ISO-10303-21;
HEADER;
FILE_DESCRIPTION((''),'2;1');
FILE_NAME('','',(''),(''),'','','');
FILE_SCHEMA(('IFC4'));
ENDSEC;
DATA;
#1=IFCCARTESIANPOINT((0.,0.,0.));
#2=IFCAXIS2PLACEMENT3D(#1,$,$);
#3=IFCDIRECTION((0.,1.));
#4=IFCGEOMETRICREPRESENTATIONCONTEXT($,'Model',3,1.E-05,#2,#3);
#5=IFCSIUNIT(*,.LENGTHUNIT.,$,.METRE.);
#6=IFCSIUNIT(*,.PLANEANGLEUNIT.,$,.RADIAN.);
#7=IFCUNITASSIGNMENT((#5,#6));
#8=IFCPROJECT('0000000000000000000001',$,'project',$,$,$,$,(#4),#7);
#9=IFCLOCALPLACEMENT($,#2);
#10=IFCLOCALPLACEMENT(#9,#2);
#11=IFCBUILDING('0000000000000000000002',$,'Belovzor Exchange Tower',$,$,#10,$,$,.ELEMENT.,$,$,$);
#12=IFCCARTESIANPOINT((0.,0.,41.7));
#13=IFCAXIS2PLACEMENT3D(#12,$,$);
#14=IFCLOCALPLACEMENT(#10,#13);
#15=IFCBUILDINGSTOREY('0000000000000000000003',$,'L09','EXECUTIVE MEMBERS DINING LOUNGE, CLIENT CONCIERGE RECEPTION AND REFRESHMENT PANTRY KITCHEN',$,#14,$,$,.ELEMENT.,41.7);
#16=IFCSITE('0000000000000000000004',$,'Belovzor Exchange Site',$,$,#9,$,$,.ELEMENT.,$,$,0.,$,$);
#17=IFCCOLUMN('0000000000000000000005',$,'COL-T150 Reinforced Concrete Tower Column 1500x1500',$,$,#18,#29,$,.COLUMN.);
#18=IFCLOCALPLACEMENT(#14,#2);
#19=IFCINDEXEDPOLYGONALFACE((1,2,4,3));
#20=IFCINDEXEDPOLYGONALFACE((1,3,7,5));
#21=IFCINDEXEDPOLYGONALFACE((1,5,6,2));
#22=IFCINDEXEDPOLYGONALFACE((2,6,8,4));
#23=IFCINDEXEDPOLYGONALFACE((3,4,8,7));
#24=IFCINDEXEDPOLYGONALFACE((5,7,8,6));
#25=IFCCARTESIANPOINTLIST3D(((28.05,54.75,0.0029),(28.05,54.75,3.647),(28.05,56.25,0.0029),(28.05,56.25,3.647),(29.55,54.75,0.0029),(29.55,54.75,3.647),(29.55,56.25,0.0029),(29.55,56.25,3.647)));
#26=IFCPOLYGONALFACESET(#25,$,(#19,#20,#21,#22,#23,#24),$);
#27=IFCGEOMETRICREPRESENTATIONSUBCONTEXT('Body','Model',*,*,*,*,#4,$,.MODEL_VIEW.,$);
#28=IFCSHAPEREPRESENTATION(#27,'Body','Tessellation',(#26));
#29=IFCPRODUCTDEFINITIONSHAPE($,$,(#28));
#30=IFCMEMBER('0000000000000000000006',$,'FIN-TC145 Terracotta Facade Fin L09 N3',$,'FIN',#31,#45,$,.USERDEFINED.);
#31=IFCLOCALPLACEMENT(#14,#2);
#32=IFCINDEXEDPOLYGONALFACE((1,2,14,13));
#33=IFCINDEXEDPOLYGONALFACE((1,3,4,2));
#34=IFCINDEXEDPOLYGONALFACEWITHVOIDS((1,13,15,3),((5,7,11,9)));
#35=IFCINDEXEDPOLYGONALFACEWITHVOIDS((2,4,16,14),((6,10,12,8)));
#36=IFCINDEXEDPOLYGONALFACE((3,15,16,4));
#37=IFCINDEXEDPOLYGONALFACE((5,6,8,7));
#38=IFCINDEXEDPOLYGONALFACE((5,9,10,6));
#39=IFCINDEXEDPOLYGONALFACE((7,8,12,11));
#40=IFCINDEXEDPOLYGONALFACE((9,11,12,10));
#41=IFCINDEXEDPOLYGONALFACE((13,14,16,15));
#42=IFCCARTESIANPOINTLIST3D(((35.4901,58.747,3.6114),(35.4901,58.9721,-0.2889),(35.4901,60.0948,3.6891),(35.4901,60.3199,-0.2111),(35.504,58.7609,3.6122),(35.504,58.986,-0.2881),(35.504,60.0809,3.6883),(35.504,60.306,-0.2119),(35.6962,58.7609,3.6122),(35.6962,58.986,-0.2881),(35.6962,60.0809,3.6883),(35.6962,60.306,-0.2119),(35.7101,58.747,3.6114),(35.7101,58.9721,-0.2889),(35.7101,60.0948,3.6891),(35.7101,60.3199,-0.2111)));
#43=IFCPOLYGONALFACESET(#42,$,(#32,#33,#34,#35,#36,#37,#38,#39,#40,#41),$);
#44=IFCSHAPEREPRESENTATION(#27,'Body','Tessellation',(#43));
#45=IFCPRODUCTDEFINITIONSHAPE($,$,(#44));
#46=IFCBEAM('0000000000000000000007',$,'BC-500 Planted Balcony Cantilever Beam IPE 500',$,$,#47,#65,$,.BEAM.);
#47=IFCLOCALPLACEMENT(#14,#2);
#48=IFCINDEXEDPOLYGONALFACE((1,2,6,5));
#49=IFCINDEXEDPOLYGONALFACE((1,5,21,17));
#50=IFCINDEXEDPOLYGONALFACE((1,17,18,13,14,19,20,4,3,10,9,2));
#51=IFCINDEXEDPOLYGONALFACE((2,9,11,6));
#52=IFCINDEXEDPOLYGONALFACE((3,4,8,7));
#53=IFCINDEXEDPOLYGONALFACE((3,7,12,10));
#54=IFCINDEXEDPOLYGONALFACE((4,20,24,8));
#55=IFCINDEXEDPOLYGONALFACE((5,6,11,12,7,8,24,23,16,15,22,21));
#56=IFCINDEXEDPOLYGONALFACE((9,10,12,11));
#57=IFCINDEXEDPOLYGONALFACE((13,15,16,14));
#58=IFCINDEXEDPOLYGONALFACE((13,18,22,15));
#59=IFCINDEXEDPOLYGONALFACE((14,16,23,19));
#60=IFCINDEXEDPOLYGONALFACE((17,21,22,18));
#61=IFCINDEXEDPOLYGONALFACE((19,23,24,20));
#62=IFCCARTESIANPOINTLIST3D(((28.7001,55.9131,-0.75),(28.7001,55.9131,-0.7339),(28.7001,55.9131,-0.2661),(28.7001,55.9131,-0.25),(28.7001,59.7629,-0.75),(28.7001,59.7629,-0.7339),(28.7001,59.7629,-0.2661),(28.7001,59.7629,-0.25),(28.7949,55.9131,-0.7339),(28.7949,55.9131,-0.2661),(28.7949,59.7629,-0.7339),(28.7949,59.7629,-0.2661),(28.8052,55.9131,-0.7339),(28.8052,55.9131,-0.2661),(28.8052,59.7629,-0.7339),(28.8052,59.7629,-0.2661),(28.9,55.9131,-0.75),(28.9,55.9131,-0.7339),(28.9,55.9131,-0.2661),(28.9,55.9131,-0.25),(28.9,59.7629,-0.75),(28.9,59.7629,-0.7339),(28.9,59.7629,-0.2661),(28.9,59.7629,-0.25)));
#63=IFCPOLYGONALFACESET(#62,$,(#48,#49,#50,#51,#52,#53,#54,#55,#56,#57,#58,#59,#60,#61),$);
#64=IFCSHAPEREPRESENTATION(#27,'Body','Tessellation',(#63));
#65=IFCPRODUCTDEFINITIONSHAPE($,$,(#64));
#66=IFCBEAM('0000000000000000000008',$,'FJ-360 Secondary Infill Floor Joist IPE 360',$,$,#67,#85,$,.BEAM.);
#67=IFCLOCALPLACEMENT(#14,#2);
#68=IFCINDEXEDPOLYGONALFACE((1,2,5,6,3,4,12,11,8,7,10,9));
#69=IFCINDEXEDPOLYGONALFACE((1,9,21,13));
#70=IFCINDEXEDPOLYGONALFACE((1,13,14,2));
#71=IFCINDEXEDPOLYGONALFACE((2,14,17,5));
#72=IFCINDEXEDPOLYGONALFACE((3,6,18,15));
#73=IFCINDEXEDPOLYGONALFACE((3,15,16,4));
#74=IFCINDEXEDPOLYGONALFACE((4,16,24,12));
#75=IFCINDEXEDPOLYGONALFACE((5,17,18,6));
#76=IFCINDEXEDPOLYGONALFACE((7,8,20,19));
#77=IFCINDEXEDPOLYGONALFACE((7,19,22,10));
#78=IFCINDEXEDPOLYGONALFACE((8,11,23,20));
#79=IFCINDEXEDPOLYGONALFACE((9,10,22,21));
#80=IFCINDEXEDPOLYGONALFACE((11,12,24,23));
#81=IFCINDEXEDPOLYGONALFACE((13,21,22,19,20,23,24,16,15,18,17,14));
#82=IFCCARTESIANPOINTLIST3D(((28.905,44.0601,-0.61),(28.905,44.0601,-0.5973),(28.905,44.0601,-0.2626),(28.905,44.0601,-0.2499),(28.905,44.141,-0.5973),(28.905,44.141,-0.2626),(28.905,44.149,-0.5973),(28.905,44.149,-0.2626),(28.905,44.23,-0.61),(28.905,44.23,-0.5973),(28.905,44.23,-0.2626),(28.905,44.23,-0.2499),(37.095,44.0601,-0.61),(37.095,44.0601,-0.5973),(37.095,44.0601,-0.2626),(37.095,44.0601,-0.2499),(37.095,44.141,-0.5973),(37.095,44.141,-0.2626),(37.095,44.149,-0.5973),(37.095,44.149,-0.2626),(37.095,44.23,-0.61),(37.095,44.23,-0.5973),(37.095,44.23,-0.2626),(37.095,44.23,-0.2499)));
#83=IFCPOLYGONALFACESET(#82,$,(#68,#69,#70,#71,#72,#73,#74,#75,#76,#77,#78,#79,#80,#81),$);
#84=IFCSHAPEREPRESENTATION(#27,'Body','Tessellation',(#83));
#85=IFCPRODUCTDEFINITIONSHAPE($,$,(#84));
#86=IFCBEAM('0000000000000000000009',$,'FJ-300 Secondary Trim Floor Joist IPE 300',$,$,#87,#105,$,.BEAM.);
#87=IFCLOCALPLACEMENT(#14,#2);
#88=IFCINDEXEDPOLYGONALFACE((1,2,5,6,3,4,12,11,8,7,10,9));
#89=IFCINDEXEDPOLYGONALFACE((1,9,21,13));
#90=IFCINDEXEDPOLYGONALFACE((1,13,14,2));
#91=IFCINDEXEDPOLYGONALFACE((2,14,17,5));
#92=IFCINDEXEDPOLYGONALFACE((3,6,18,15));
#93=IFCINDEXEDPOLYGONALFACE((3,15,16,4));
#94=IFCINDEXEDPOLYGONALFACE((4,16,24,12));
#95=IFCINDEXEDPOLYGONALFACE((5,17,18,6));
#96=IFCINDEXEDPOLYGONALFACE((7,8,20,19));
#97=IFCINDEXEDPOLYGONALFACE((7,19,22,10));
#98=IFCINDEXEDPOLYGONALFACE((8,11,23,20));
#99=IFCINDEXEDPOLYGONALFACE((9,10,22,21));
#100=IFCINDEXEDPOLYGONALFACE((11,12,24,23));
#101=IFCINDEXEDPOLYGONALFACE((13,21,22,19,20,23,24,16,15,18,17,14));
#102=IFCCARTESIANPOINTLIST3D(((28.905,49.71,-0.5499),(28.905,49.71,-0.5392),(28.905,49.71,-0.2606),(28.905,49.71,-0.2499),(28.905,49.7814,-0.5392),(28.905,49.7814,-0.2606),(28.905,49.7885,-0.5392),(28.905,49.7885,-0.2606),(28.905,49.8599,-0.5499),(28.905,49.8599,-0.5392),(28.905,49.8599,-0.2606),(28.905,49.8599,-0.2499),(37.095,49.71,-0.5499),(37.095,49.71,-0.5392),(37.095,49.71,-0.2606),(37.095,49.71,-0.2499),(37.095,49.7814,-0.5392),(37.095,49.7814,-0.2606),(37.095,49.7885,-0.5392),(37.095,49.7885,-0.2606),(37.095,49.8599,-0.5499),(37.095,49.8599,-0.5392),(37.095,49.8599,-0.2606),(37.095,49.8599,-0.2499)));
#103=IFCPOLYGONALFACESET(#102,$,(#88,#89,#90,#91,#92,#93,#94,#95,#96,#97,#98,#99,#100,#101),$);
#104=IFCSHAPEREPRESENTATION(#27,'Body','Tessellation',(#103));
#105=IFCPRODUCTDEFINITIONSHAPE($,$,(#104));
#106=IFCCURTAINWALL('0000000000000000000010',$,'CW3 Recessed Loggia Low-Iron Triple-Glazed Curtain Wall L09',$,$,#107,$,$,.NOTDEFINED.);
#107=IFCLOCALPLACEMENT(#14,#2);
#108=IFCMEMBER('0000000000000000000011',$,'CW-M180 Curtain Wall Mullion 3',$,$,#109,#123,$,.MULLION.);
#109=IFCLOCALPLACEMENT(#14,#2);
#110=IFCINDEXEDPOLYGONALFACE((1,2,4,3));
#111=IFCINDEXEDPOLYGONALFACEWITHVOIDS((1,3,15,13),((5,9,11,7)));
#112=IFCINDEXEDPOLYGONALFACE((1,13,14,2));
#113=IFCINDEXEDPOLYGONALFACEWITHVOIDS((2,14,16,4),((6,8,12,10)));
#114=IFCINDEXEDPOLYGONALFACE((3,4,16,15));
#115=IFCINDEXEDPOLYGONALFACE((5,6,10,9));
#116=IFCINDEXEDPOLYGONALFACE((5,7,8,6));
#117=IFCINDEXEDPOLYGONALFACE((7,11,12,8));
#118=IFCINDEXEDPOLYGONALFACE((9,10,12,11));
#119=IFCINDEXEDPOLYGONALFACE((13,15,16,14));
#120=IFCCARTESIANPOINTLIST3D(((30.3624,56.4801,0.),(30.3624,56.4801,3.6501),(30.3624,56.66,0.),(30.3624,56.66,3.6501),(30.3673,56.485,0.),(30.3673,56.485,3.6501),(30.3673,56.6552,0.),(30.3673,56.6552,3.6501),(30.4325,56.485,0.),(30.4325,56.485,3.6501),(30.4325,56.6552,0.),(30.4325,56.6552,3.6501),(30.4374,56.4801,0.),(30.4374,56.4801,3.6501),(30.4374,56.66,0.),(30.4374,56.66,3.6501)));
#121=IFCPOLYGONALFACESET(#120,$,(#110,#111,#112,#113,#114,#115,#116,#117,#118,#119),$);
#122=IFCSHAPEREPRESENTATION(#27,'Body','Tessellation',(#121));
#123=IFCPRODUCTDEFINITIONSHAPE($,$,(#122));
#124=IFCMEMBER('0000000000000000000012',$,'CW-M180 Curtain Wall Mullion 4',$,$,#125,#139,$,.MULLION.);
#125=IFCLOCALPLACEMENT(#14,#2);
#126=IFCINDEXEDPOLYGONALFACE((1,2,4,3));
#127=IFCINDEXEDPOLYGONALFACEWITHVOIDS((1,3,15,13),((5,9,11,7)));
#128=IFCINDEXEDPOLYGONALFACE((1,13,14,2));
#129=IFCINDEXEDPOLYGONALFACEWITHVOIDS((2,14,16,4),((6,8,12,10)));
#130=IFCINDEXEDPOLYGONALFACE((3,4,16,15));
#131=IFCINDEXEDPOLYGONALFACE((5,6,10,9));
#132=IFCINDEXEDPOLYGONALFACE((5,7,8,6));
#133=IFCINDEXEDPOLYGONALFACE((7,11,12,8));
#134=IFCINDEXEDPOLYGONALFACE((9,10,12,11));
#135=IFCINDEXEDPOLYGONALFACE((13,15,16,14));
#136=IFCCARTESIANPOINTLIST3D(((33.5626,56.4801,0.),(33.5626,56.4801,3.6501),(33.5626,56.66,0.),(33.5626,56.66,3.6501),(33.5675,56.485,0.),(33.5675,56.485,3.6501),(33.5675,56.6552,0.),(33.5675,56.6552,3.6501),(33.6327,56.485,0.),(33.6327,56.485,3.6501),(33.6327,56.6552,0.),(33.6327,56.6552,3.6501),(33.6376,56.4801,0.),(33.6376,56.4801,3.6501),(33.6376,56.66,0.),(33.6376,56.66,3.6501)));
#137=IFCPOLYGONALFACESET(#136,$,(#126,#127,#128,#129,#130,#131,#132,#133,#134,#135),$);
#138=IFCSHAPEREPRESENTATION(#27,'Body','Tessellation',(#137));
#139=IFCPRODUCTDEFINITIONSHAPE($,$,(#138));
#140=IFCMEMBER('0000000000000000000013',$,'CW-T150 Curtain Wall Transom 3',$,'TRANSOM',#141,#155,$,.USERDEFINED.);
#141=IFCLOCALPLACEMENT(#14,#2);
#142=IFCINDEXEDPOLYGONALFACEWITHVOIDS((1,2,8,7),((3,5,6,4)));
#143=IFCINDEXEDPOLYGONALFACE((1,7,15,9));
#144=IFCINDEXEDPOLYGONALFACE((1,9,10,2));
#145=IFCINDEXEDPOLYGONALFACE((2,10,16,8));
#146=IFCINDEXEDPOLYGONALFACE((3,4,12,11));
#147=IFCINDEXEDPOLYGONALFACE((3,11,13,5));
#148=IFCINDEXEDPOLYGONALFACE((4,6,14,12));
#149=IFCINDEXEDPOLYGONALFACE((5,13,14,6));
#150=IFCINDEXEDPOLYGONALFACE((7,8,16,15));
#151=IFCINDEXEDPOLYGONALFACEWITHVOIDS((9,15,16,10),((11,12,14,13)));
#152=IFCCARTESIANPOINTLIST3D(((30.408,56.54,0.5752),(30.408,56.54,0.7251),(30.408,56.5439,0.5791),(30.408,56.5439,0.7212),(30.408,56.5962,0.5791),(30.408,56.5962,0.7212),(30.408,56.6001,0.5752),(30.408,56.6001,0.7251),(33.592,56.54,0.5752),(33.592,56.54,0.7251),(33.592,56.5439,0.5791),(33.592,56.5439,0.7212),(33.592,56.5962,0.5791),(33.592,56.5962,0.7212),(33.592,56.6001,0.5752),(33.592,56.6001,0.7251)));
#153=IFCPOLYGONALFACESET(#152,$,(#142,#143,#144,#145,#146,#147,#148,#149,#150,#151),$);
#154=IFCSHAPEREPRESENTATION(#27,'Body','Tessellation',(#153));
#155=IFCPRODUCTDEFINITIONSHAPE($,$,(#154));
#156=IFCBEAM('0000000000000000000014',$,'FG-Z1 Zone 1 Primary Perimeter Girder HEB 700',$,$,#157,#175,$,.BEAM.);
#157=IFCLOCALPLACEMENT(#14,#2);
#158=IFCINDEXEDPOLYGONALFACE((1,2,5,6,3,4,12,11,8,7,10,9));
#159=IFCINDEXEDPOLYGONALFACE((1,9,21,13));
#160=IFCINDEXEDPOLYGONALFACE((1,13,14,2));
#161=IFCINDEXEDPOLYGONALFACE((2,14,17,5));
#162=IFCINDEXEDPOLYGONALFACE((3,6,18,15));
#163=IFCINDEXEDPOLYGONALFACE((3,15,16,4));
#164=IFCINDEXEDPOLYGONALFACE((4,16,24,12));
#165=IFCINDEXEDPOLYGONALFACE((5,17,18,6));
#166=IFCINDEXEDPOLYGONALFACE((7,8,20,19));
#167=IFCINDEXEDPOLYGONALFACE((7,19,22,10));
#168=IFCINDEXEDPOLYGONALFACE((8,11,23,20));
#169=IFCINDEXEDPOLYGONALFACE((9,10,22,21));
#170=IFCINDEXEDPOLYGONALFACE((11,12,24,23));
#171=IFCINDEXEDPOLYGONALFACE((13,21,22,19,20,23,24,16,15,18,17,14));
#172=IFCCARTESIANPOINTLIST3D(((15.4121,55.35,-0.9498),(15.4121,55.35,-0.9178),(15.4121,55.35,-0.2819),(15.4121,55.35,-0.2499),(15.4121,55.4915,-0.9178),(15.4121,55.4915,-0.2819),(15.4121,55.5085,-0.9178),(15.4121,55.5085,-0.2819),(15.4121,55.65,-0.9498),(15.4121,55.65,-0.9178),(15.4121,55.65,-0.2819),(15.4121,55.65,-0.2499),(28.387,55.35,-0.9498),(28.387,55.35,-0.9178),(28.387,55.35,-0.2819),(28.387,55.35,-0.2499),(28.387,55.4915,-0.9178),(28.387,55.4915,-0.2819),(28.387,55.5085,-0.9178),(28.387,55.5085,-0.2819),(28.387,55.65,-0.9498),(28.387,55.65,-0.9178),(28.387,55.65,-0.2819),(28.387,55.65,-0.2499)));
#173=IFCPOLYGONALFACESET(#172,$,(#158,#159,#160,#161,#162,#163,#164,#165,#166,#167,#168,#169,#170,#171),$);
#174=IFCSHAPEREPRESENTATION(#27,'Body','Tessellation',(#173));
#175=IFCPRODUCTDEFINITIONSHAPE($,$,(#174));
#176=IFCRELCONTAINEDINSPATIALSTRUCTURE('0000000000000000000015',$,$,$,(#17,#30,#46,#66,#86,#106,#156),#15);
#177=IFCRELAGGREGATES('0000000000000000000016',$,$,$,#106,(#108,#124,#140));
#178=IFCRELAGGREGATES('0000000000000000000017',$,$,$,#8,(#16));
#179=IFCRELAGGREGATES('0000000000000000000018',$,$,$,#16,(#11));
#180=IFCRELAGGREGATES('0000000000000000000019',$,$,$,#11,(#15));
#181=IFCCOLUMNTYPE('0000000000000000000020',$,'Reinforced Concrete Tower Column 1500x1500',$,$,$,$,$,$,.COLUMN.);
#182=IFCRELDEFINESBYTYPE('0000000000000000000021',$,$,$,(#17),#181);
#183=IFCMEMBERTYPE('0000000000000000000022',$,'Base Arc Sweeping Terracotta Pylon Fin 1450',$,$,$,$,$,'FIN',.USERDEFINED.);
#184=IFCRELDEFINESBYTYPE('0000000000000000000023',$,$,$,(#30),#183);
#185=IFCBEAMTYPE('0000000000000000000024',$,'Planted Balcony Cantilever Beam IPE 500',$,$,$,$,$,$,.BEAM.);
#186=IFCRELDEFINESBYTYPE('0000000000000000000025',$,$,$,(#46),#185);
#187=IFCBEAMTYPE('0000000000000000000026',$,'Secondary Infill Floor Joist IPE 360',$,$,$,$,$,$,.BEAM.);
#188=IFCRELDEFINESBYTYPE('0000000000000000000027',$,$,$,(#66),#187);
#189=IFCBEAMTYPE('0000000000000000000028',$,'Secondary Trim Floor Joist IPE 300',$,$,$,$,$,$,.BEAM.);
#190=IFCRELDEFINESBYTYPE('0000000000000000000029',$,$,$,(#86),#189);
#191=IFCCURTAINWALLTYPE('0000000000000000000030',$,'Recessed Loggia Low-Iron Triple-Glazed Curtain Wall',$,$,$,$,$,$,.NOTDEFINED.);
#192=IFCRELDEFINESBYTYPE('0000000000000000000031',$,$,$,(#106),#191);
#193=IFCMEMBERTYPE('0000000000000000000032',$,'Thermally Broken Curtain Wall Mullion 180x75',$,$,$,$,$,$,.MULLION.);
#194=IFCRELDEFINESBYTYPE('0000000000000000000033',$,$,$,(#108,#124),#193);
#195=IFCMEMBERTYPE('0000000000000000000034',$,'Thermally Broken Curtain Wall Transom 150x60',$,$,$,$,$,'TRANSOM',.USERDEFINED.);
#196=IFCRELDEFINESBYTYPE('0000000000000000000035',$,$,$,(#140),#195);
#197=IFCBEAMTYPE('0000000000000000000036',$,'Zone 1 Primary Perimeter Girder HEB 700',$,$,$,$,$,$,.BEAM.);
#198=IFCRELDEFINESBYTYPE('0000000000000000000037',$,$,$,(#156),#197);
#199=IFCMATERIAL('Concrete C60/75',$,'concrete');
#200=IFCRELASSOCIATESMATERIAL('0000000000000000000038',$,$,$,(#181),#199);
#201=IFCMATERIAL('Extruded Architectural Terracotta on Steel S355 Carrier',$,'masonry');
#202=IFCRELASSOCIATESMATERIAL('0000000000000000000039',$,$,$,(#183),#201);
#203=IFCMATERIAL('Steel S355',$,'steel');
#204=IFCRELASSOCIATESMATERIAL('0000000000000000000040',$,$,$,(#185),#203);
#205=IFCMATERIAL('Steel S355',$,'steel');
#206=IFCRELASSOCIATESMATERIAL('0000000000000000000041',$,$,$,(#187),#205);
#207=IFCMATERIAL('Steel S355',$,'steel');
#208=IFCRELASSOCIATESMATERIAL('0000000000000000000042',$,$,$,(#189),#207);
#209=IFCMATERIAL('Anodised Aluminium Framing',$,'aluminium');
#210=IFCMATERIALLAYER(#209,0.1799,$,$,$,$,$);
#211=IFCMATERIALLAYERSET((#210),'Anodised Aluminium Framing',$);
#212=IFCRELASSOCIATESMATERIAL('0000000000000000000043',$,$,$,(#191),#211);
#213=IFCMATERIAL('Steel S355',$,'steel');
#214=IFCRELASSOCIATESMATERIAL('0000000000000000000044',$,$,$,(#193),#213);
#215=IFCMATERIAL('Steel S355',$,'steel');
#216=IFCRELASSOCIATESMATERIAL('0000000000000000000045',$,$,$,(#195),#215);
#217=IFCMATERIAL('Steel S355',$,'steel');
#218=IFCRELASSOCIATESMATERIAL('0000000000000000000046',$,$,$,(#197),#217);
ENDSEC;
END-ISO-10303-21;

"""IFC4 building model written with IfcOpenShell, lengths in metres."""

from ifc_helpers import new_model, si_unit, direction, frame, origin, origin_2d, place, context, subcontext, project, spatial, rectangle, hollow_rectangle, i_section, extrude, material, layer, layer_set, material_profile, profile_set, type_object, element, aggregate, save


model = new_model("IFC4")

# Units and contexts
model_context = context("Model", 3, precision=1e-05, world=origin(), true_north=direction((0.0, 1.0)))
body_context = subcontext(model_context, "Body", "Model", "MODEL_VIEW")
ifc_project = project(units=[si_unit("LENGTHUNIT", "METRE"), si_unit("PLANEANGLEUNIT", "RADIAN")], contexts=[model_context])

# Site, building, storey
site_placement = place(None, origin())
site = spatial("IfcSite", under=ifc_project, at=site_placement, Name="Belovzor Exchange Site", CompositionType="ELEMENT", RefElevation=0.0)
building_placement = place(site_placement, origin())
building = spatial("IfcBuilding", under=site, at=building_placement, Name="Belovzor Exchange Tower", CompositionType="ELEMENT")
storey_placement = place(building_placement, frame((0.0, 0.0, 41.7)))
storey = spatial("IfcBuildingStorey", under=building, at=storey_placement, Name="L09", Description="EXECUTIVE MEMBERS DINING LOUNGE, CLIENT CONCIERGE RECEPTION AND REFRESHMENT PANTRY KITCHEN", CompositionType="ELEMENT", Elevation=41.7)

# Column
ifc_material_1 = material(Name="Concrete C60/75", Category="concrete")
ifc_material_profile_1 = material_profile(ifc_material_1, rectangle(XDim=1.5, YDim=1.5, at=origin_2d()))
ifc_profile_set_1 = profile_set([ifc_material_profile_1], Name="Concrete C60/75")
column_type = type_object("IfcColumnType", Name="Reinforced Concrete Tower Column 1500x1500", PredefinedType="COLUMN", material=ifc_profile_set_1)
column_placement = place(storey_placement, frame((28.8, 55.5, 0.0029), z_axis=(0.0, 0.0, 1.0), x_axis=(1.0, 0.0, 0.0)))
element("IfcColumn", 1, at=column_placement, inside=storey, type_object=column_type, Name="COL-T150 Reinforced Concrete Tower Column 1500x1500", PredefinedType="COLUMN", context=body_context, shape_type="SweptSolid", body=[
    extrude(rectangle(XDim=1.5, YDim=1.5, at=origin_2d()), origin(), (0.0, 0.0, 1.0), 3.644),
])

# Member
ifc_material_2 = material(Name="Extruded Architectural Terracotta on Steel S355 Carrier", Category="masonry")
ifc_material_profile_2 = material_profile(ifc_material_2, hollow_rectangle(XDim=0.22, YDim=1.3501, WallThickness=0.0139, at=origin_2d()))
ifc_profile_set_2 = profile_set([ifc_material_profile_2], Name="Extruded Architectural Terracotta on Steel S355 Carrier")
member_type_1 = type_object("IfcMemberType", Name="Base Arc Sweeping Terracotta Pylon Fin 1450", ElementType="FIN", PredefinedType="USERDEFINED", material=ifc_profile_set_2)
member_1_placement = place(storey_placement, frame((35.6001, 59.646, -0.25), z_axis=(0.0, -0.057619, 0.998339), x_axis=(1.0, 0.0, 0.0)))
element("IfcMember", 2, at=member_1_placement, inside=storey, type_object=member_type_1, Name="FIN-TC145 Terracotta Facade Fin L09 N3", ObjectType="FIN", PredefinedType="USERDEFINED", context=body_context, shape_type="SweptSolid", body=[
    extrude(hollow_rectangle(XDim=0.22, YDim=1.3501, WallThickness=0.0139, at=origin_2d()), origin(), (0.0, 0.0, 1.0), 3.9067),
])

# Beams
ifc_material_3 = material(Name="Steel S355", Category="steel")
ifc_material_profile_3 = material_profile(ifc_material_3, i_section(OverallWidth=0.2, OverallDepth=0.5, WebThickness=0.0103, FlangeThickness=0.0161, at=origin_2d()))
ifc_profile_set_3 = profile_set([ifc_material_profile_3], Name="Steel S355")
beam_type_1 = type_object("IfcBeamType", Name="Planted Balcony Cantilever Beam IPE 500", PredefinedType="BEAM", material=ifc_profile_set_3)
beam_1_placement = place(storey_placement, frame((28.8, 55.9131, -0.5), z_axis=(0.0, 1.0, 0.0), x_axis=(-1.0, 0.0, 0.0)))
element("IfcBeam", 3, at=beam_1_placement, inside=storey, type_object=beam_type_1, Name="BC-500 Planted Balcony Cantilever Beam IPE 500", PredefinedType="BEAM", context=body_context, shape_type="SweptSolid", body=[
    extrude(i_section(OverallWidth=0.2, OverallDepth=0.5, WebThickness=0.0103, FlangeThickness=0.0161, at=origin_2d()), origin(), (0.0, 0.0, 1.0), 3.8499),
])
ifc_material_4 = material(Name="Steel S355", Category="steel")
ifc_material_profile_4 = material_profile(ifc_material_4, i_section(OverallWidth=0.1699, OverallDepth=0.3601, WebThickness=0.0081, FlangeThickness=0.0127, at=origin_2d()))
ifc_profile_set_4 = profile_set([ifc_material_profile_4], Name="Steel S355")
beam_type_2 = type_object("IfcBeamType", Name="Secondary Infill Floor Joist IPE 360", PredefinedType="BEAM", material=ifc_profile_set_4)
beam_2_placement = place(storey_placement, frame((28.905, 44.145, -0.4299), z_axis=(1.0, 0.0, 0.0), x_axis=(0.0, 1.0, 0.0)))
element("IfcBeam", 4, at=beam_2_placement, inside=storey, type_object=beam_type_2, Name="FJ-360 Secondary Infill Floor Joist IPE 360", PredefinedType="BEAM", context=body_context, shape_type="SweptSolid", body=[
    extrude(i_section(OverallWidth=0.1699, OverallDepth=0.3601, WebThickness=0.0081, FlangeThickness=0.0127, at=origin_2d()), origin(), (0.0, 0.0, 1.0), 8.1899),
])
ifc_material_5 = material(Name="Steel S355", Category="steel")
ifc_material_profile_5 = material_profile(ifc_material_5, i_section(OverallWidth=0.1499, OverallDepth=0.3, WebThickness=0.0071, FlangeThickness=0.0107, at=origin_2d()))
ifc_profile_set_5 = profile_set([ifc_material_profile_5], Name="Steel S355")
beam_type_3 = type_object("IfcBeamType", Name="Secondary Trim Floor Joist IPE 300", PredefinedType="BEAM", material=ifc_profile_set_5)
beam_3_placement = place(storey_placement, frame((28.905, 49.7849, -0.3999), z_axis=(1.0, 0.0, 0.0), x_axis=(0.0, 1.0, 0.0)))
element("IfcBeam", 5, at=beam_3_placement, inside=storey, type_object=beam_type_3, Name="FJ-300 Secondary Trim Floor Joist IPE 300", PredefinedType="BEAM", context=body_context, shape_type="SweptSolid", body=[
    extrude(i_section(OverallWidth=0.1499, OverallDepth=0.3, WebThickness=0.0071, FlangeThickness=0.0107, at=origin_2d()), origin(), (0.0, 0.0, 1.0), 8.1899),
])

# Curtain wall, members
ifc_material_6 = material(Name="Anodised Aluminium Framing", Category="aluminium")
ifc_layer_1 = layer(ifc_material_6, 0.1799)
ifc_layer_set_1 = layer_set([ifc_layer_1], Name="Anodised Aluminium Framing")
curtain_wall_type = type_object("IfcCurtainWallType", Name="Recessed Loggia Low-Iron Triple-Glazed Curtain Wall", PredefinedType="NOTDEFINED", material=ifc_layer_set_1)
curtain_wall_placement = place(storey_placement, origin())
curtain_wall = element("IfcCurtainWall", 6, at=curtain_wall_placement, inside=storey, type_object=curtain_wall_type, Name="CW3 Recessed Loggia Low-Iron Triple-Glazed Curtain Wall L09", PredefinedType="NOTDEFINED")
ifc_material_7 = material(Name="Steel S355", Category="steel")
ifc_material_profile_6 = material_profile(ifc_material_7, hollow_rectangle(XDim=0.075, YDim=0.1799, WallThickness=0.0049, at=origin_2d()))
ifc_profile_set_6 = profile_set([ifc_material_profile_6], Name="Steel S355")
member_type_2 = type_object("IfcMemberType", Name="Thermally Broken Curtain Wall Mullion 180x75", PredefinedType="MULLION", material=ifc_profile_set_6)
member_2_placement = place(storey_placement, frame((30.3999, 56.5701, 0.0), z_axis=(0.0, 0.0, 1.0), x_axis=(1.0, 0.0, 0.0)))
member_2 = element("IfcMember", 7, at=member_2_placement, type_object=member_type_2, Name="CW-M180 Curtain Wall Mullion 3", PredefinedType="MULLION", context=body_context, shape_type="SweptSolid", body=[
    extrude(hollow_rectangle(XDim=0.075, YDim=0.1799, WallThickness=0.0049, at=origin_2d()), origin(), (0.0, 0.0, 1.0), 3.6501),
])
member_3_placement = place(storey_placement, frame((33.6001, 56.5701, 0.0), z_axis=(0.0, 0.0, 1.0), x_axis=(1.0, 0.0, 0.0)))
member_3 = element("IfcMember", 8, at=member_3_placement, type_object=member_type_2, Name="CW-M180 Curtain Wall Mullion 4", PredefinedType="MULLION", context=body_context, shape_type="SweptSolid", body=[
    extrude(hollow_rectangle(XDim=0.075, YDim=0.1799, WallThickness=0.0049, at=origin_2d()), origin(), (0.0, 0.0, 1.0), 3.6501),
])
ifc_material_8 = material(Name="Steel S355", Category="steel")
ifc_material_profile_7 = material_profile(ifc_material_8, hollow_rectangle(XDim=0.0601, YDim=0.1499, WallThickness=0.0039, at=origin_2d()))
ifc_profile_set_7 = profile_set([ifc_material_profile_7], Name="Steel S355")
member_type_3 = type_object("IfcMemberType", Name="Thermally Broken Curtain Wall Transom 150x60", ElementType="TRANSOM", PredefinedType="USERDEFINED", material=ifc_profile_set_7)
member_4_placement = place(storey_placement, frame((30.408, 56.5701, 0.6501), z_axis=(1.0, 0.0, 0.0), x_axis=(0.0, 1.0, 0.0)))
member_4 = element("IfcMember", 9, at=member_4_placement, type_object=member_type_3, Name="CW-T150 Curtain Wall Transom 3", ObjectType="TRANSOM", PredefinedType="USERDEFINED", context=body_context, shape_type="SweptSolid", body=[
    extrude(hollow_rectangle(XDim=0.0601, YDim=0.1499, WallThickness=0.0039, at=origin_2d()), origin(), (0.0, 0.0, 1.0), 3.1841),
])

# Beam
ifc_material_9 = material(Name="Steel S355", Category="steel")
ifc_material_profile_8 = material_profile(ifc_material_9, i_section(OverallWidth=0.3, OverallDepth=0.7, WebThickness=0.0171, FlangeThickness=0.032, at=origin_2d()))
ifc_profile_set_8 = profile_set([ifc_material_profile_8], Name="Steel S355")
beam_type_4 = type_object("IfcBeamType", Name="Zone 1 Primary Perimeter Girder HEB 700", PredefinedType="BEAM", material=ifc_profile_set_8)
beam_4_placement = place(storey_placement, frame((28.387, 55.5, -0.5999), z_axis=(-1.0, 0.0, 0.0), x_axis=(0.0, -1.0, 0.0)))
element("IfcBeam", 10, at=beam_4_placement, inside=storey, type_object=beam_type_4, Name="FG-Z1 Zone 1 Primary Perimeter Girder HEB 700", PredefinedType="BEAM", context=body_context, shape_type="SweptSolid", body=[
    extrude(i_section(OverallWidth=0.3, OverallDepth=0.7, WebThickness=0.0171, FlangeThickness=0.032, at=origin_2d()), origin(), (0.0, 0.0, 1.0), 12.9749),
])

aggregate(curtain_wall, [member_2, member_3, member_4])

save(model, "model.ifc")
